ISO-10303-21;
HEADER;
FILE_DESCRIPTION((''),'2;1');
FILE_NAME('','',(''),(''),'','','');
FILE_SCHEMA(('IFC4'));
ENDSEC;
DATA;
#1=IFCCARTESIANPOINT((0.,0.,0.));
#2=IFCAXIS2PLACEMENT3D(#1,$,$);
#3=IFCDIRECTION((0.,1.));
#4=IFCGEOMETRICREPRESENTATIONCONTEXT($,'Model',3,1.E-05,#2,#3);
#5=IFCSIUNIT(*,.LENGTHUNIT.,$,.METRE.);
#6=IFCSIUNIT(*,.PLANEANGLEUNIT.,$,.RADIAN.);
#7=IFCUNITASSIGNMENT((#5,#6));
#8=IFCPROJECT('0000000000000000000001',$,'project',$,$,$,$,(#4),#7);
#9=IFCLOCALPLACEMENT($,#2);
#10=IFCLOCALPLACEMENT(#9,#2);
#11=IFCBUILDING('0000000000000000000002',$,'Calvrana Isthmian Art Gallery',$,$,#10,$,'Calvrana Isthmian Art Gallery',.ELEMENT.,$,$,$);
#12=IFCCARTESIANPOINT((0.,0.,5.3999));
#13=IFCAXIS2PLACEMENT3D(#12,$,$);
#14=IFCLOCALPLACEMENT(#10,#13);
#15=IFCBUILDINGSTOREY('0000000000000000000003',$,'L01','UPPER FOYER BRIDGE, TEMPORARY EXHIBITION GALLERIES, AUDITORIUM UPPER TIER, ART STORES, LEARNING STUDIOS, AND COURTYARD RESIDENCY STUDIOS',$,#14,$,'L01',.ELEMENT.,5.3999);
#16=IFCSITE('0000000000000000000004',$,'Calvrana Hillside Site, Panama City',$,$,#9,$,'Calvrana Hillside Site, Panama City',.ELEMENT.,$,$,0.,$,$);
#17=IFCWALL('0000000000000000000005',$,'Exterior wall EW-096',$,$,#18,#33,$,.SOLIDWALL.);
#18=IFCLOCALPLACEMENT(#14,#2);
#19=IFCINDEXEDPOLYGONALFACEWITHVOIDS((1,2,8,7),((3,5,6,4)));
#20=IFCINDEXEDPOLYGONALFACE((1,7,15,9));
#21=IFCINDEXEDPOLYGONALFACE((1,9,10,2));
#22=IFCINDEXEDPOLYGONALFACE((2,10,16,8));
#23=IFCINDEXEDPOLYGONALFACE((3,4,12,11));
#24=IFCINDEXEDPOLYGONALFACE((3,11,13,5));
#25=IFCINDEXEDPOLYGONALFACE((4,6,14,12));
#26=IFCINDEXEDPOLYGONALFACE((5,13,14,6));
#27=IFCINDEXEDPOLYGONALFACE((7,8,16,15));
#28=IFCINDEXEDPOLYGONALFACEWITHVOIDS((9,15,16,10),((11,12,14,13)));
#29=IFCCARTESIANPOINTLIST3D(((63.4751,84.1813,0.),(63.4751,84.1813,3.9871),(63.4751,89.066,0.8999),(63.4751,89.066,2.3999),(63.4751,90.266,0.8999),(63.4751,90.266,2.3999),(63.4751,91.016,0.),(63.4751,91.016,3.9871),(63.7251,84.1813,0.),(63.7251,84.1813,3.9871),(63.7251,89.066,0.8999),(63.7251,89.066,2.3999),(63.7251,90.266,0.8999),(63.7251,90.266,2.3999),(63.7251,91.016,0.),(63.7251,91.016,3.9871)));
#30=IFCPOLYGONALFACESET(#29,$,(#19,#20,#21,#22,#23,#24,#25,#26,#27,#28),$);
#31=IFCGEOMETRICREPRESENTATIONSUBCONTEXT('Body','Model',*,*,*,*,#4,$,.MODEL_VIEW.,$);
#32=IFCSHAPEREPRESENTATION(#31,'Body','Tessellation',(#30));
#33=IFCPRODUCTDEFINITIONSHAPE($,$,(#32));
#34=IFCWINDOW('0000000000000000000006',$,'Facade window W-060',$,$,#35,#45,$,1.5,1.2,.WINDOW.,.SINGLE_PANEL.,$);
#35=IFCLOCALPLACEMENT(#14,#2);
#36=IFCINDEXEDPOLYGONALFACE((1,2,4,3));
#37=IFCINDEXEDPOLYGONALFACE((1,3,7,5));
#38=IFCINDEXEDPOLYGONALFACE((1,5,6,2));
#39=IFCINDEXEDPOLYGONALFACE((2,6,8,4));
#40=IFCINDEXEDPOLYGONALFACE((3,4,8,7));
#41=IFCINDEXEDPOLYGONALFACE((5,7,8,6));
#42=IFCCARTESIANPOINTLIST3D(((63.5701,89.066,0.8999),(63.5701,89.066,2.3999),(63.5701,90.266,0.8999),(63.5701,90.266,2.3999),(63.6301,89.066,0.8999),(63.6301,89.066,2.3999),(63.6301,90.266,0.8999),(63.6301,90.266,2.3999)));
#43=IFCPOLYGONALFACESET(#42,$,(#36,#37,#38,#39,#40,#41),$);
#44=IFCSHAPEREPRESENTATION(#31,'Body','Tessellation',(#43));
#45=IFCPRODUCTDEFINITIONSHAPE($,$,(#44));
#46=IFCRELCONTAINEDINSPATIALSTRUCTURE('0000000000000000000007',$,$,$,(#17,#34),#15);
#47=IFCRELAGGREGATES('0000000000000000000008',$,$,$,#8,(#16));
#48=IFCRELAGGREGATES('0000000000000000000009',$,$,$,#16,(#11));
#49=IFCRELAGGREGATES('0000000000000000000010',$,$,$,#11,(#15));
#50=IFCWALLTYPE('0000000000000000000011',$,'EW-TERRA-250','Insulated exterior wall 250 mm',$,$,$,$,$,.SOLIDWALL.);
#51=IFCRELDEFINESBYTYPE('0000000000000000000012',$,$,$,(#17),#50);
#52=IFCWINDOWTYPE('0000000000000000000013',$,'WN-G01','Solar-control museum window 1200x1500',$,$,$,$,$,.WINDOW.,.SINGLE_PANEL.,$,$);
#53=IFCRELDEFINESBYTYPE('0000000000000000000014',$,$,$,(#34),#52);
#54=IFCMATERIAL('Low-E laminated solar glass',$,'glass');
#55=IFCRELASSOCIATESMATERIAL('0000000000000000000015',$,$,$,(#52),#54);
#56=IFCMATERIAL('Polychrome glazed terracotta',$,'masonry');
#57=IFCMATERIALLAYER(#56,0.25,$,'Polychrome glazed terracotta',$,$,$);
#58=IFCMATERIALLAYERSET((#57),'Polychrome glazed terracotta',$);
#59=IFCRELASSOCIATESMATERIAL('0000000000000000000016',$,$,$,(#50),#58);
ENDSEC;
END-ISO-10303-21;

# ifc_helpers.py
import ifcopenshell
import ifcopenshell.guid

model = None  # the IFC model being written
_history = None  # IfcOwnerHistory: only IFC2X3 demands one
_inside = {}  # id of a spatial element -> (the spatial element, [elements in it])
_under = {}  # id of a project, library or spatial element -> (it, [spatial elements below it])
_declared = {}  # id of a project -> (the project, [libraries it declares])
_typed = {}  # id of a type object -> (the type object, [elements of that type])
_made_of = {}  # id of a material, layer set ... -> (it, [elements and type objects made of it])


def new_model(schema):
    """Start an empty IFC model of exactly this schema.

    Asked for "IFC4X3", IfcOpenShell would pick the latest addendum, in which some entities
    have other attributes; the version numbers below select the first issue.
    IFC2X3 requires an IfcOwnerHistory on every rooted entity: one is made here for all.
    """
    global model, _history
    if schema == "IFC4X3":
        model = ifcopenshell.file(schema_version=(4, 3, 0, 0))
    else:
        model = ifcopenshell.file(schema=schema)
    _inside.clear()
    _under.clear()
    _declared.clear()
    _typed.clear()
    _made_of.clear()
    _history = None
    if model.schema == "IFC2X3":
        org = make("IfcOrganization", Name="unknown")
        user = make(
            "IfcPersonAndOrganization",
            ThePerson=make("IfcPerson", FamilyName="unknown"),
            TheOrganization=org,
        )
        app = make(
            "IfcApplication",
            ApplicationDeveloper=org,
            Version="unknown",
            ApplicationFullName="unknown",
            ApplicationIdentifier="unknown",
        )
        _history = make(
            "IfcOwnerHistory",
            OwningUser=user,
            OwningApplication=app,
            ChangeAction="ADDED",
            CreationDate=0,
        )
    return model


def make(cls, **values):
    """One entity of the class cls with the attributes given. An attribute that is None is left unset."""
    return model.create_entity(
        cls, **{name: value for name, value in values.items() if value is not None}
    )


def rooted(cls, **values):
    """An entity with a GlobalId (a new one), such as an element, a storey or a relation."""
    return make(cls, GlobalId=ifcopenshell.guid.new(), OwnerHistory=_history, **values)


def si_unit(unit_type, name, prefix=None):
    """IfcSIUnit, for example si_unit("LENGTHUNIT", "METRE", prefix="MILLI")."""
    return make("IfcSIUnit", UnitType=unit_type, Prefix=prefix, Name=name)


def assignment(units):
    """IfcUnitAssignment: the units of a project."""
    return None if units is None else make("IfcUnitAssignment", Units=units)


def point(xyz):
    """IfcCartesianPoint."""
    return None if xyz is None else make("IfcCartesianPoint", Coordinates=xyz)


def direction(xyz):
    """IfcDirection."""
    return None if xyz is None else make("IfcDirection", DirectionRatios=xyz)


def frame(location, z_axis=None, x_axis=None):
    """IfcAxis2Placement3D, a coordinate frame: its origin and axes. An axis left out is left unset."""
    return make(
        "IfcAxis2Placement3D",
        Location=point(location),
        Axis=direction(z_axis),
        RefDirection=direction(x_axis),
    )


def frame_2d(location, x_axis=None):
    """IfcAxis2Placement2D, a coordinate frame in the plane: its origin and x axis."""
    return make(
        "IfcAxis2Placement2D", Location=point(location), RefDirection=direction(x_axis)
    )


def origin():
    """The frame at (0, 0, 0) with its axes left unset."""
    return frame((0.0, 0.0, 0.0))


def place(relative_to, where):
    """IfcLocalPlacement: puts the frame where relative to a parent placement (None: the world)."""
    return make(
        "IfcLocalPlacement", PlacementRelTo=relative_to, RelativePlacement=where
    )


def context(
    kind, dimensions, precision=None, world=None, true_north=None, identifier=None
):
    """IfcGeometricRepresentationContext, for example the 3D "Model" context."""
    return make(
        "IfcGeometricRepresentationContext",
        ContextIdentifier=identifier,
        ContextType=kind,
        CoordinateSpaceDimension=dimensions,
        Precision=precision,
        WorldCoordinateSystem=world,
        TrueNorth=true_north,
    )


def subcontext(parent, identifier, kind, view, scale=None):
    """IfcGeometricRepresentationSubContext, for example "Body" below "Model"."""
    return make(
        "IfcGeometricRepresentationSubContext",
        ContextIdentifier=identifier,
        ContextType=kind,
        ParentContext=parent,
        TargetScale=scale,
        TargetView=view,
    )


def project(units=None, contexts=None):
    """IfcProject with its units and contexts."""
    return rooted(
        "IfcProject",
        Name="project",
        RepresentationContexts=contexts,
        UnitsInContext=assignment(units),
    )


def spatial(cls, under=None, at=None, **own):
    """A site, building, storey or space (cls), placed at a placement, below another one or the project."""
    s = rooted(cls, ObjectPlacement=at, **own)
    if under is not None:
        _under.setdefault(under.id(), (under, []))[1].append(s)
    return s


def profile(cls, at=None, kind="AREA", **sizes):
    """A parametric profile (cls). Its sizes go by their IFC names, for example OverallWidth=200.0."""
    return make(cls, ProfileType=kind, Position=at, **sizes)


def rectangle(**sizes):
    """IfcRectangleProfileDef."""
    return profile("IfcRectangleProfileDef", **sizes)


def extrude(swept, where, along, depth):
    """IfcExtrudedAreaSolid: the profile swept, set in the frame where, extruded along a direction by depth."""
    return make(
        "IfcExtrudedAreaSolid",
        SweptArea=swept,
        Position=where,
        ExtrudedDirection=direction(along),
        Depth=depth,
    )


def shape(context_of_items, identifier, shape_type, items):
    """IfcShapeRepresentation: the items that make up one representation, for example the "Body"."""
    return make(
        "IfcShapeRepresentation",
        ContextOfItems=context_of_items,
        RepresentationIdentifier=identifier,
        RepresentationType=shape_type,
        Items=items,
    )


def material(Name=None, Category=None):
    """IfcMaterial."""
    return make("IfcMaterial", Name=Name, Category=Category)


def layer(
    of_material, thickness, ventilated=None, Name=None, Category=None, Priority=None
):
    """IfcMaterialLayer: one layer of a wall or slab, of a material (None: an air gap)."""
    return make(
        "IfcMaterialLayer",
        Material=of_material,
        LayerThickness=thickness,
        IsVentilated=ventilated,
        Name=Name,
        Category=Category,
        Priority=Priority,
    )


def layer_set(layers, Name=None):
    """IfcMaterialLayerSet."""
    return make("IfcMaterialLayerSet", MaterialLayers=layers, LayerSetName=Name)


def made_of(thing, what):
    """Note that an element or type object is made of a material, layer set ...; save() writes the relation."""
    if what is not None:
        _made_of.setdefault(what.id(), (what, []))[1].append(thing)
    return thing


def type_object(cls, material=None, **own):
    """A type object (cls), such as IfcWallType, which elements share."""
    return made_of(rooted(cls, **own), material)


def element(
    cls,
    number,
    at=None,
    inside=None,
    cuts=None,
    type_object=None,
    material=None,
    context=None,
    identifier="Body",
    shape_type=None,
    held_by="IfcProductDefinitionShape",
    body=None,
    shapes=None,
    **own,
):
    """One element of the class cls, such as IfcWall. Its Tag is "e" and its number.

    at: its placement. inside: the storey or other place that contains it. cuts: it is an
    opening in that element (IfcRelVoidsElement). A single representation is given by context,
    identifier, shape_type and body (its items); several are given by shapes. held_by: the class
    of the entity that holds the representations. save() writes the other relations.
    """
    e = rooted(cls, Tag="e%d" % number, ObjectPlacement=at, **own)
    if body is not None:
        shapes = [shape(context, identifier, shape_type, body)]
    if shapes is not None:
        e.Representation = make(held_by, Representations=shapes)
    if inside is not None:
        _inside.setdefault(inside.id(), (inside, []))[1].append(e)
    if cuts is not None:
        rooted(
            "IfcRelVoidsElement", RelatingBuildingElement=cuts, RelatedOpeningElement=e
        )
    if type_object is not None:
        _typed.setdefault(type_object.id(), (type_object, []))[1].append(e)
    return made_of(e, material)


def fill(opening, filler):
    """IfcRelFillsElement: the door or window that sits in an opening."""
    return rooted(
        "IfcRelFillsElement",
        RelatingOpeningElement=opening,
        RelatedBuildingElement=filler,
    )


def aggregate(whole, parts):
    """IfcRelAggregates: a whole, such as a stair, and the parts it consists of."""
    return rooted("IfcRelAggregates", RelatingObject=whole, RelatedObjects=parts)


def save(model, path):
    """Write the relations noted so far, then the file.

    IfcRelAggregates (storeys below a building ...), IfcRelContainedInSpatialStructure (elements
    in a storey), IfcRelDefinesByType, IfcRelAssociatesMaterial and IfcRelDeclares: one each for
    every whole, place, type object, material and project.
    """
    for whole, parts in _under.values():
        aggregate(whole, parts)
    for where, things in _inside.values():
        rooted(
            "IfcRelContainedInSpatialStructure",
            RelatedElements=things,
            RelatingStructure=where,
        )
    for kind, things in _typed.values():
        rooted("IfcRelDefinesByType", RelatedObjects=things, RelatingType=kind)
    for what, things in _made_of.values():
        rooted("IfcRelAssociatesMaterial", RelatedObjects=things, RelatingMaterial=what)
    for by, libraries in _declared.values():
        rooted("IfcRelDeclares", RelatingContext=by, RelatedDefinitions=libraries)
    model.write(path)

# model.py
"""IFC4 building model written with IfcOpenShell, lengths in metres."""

from ifc_helpers import new_model, si_unit, direction, frame, frame_2d, origin, place, context, subcontext, project, spatial, rectangle, extrude, material, layer, layer_set, type_object, element, fill, save


model = new_model("IFC4")

# Units and contexts
model_context = context("Model", 3, precision=1e-05, world=origin(), true_north=direction((0.0, 1.0)))
body_context = subcontext(model_context, "Body", "Model", "MODEL_VIEW")
ifc_project = project(units=[si_unit("LENGTHUNIT", "METRE"), si_unit("PLANEANGLEUNIT", "RADIAN")], contexts=[model_context])

# Site, building, storey
site_placement = place(None, origin())
site = spatial("IfcSite", under=ifc_project, at=site_placement, Name="Calvrana Hillside Site, Panama City", LongName="Calvrana Hillside Site, Panama City", CompositionType="ELEMENT", RefElevation=0.0)
building_placement = place(site_placement, origin())
building = spatial("IfcBuilding", under=site, at=building_placement, Name="Calvrana Isthmian Art Gallery", LongName="Calvrana Isthmian Art Gallery", CompositionType="ELEMENT")
storey_placement = place(building_placement, frame((0.0, 0.0, 5.3999)))
storey = spatial("IfcBuildingStorey", under=building, at=storey_placement, Name="L01", Description="UPPER FOYER BRIDGE, TEMPORARY EXHIBITION GALLERIES, AUDITORIUM UPPER TIER, ART STORES, LEARNING STUDIOS, AND COURTYARD RESIDENCY STUDIOS", LongName="L01", CompositionType="ELEMENT", Elevation=5.3999)

# Shared definitions
ifc_material_1 = material(Name="Polychrome glazed terracotta", Category="masonry")
ifc_material_2 = material(Name="Low-E laminated solar glass", Category="glass")

# Wall, opening, window
window_type = type_object("IfcWindowType", Name="WN-G01", Description="Solar-control museum window 1200x1500", PartitioningType="SINGLE_PANEL", PredefinedType="WINDOW", material=ifc_material_2)
ifc_layer_1 = layer(ifc_material_1, 0.25, Name="Polychrome glazed terracotta")
ifc_layer_set_1 = layer_set([ifc_layer_1], Name="Polychrome glazed terracotta")
wall_type_1 = type_object("IfcWallType", Name="EW-TERRA-250", Description="Insulated exterior wall 250 mm", PredefinedType="SOLIDWALL", material=ifc_layer_set_1)
wall_1_placement = place(storey_placement, frame((63.6001, 91.0161, 0.0), z_axis=(0.0, 0.0, 1.0), x_axis=(0.0, -1.0, 0.0)))
wall_1 = element("IfcWall", 1, at=wall_1_placement, inside=storey, type_object=wall_type_1, Name="Exterior wall EW-096", PredefinedType="SOLIDWALL", context=body_context, shape_type="SweptSolid", body=[
    extrude(rectangle(XDim=6.8347, YDim=0.25, at=frame_2d((3.4175, 0.0))), origin(), (0.0, 0.0, 1.0), 3.9871),
])
opening_1_placement = place(wall_1_placement, frame((0.75, 0.0, 0.8999)))
opening_1 = element("IfcOpeningElement", 2, at=opening_1_placement, cuts=wall_1, PredefinedType="OPENING", context=body_context, shape_type="SweptSolid", body=[
    extrude(rectangle(XDim=1.2, YDim=1.5, at=frame_2d((0.6001, 0.75))), frame((0.0, 0.1353, 0.0), z_axis=(0.0, -1.0, 0.0), x_axis=(1.0, 0.0, 0.0)), (0.0, 0.0, 1.0), 0.2705),
])
window_1_placement = place(opening_1_placement, origin())
window_1 = element("IfcWindow", 3, at=window_1_placement, inside=storey, type_object=window_type, Name="Facade window W-060", OverallHeight=1.5, OverallWidth=1.2, PartitioningType="SINGLE_PANEL", PredefinedType="WINDOW", context=body_context, shape_type="SweptSolid", body=[
    extrude(rectangle(XDim=1.2, YDim=1.5, at=frame_2d((0.6001, 0.75))), frame((0.0, 0.03, 0.0), z_axis=(0.0, -1.0, 0.0), x_axis=(1.0, 0.0, 0.0)), (0.0, 0.0, 1.0), 0.0601),
])
fill(opening_1, window_1)

save(model, "model.ifc")
